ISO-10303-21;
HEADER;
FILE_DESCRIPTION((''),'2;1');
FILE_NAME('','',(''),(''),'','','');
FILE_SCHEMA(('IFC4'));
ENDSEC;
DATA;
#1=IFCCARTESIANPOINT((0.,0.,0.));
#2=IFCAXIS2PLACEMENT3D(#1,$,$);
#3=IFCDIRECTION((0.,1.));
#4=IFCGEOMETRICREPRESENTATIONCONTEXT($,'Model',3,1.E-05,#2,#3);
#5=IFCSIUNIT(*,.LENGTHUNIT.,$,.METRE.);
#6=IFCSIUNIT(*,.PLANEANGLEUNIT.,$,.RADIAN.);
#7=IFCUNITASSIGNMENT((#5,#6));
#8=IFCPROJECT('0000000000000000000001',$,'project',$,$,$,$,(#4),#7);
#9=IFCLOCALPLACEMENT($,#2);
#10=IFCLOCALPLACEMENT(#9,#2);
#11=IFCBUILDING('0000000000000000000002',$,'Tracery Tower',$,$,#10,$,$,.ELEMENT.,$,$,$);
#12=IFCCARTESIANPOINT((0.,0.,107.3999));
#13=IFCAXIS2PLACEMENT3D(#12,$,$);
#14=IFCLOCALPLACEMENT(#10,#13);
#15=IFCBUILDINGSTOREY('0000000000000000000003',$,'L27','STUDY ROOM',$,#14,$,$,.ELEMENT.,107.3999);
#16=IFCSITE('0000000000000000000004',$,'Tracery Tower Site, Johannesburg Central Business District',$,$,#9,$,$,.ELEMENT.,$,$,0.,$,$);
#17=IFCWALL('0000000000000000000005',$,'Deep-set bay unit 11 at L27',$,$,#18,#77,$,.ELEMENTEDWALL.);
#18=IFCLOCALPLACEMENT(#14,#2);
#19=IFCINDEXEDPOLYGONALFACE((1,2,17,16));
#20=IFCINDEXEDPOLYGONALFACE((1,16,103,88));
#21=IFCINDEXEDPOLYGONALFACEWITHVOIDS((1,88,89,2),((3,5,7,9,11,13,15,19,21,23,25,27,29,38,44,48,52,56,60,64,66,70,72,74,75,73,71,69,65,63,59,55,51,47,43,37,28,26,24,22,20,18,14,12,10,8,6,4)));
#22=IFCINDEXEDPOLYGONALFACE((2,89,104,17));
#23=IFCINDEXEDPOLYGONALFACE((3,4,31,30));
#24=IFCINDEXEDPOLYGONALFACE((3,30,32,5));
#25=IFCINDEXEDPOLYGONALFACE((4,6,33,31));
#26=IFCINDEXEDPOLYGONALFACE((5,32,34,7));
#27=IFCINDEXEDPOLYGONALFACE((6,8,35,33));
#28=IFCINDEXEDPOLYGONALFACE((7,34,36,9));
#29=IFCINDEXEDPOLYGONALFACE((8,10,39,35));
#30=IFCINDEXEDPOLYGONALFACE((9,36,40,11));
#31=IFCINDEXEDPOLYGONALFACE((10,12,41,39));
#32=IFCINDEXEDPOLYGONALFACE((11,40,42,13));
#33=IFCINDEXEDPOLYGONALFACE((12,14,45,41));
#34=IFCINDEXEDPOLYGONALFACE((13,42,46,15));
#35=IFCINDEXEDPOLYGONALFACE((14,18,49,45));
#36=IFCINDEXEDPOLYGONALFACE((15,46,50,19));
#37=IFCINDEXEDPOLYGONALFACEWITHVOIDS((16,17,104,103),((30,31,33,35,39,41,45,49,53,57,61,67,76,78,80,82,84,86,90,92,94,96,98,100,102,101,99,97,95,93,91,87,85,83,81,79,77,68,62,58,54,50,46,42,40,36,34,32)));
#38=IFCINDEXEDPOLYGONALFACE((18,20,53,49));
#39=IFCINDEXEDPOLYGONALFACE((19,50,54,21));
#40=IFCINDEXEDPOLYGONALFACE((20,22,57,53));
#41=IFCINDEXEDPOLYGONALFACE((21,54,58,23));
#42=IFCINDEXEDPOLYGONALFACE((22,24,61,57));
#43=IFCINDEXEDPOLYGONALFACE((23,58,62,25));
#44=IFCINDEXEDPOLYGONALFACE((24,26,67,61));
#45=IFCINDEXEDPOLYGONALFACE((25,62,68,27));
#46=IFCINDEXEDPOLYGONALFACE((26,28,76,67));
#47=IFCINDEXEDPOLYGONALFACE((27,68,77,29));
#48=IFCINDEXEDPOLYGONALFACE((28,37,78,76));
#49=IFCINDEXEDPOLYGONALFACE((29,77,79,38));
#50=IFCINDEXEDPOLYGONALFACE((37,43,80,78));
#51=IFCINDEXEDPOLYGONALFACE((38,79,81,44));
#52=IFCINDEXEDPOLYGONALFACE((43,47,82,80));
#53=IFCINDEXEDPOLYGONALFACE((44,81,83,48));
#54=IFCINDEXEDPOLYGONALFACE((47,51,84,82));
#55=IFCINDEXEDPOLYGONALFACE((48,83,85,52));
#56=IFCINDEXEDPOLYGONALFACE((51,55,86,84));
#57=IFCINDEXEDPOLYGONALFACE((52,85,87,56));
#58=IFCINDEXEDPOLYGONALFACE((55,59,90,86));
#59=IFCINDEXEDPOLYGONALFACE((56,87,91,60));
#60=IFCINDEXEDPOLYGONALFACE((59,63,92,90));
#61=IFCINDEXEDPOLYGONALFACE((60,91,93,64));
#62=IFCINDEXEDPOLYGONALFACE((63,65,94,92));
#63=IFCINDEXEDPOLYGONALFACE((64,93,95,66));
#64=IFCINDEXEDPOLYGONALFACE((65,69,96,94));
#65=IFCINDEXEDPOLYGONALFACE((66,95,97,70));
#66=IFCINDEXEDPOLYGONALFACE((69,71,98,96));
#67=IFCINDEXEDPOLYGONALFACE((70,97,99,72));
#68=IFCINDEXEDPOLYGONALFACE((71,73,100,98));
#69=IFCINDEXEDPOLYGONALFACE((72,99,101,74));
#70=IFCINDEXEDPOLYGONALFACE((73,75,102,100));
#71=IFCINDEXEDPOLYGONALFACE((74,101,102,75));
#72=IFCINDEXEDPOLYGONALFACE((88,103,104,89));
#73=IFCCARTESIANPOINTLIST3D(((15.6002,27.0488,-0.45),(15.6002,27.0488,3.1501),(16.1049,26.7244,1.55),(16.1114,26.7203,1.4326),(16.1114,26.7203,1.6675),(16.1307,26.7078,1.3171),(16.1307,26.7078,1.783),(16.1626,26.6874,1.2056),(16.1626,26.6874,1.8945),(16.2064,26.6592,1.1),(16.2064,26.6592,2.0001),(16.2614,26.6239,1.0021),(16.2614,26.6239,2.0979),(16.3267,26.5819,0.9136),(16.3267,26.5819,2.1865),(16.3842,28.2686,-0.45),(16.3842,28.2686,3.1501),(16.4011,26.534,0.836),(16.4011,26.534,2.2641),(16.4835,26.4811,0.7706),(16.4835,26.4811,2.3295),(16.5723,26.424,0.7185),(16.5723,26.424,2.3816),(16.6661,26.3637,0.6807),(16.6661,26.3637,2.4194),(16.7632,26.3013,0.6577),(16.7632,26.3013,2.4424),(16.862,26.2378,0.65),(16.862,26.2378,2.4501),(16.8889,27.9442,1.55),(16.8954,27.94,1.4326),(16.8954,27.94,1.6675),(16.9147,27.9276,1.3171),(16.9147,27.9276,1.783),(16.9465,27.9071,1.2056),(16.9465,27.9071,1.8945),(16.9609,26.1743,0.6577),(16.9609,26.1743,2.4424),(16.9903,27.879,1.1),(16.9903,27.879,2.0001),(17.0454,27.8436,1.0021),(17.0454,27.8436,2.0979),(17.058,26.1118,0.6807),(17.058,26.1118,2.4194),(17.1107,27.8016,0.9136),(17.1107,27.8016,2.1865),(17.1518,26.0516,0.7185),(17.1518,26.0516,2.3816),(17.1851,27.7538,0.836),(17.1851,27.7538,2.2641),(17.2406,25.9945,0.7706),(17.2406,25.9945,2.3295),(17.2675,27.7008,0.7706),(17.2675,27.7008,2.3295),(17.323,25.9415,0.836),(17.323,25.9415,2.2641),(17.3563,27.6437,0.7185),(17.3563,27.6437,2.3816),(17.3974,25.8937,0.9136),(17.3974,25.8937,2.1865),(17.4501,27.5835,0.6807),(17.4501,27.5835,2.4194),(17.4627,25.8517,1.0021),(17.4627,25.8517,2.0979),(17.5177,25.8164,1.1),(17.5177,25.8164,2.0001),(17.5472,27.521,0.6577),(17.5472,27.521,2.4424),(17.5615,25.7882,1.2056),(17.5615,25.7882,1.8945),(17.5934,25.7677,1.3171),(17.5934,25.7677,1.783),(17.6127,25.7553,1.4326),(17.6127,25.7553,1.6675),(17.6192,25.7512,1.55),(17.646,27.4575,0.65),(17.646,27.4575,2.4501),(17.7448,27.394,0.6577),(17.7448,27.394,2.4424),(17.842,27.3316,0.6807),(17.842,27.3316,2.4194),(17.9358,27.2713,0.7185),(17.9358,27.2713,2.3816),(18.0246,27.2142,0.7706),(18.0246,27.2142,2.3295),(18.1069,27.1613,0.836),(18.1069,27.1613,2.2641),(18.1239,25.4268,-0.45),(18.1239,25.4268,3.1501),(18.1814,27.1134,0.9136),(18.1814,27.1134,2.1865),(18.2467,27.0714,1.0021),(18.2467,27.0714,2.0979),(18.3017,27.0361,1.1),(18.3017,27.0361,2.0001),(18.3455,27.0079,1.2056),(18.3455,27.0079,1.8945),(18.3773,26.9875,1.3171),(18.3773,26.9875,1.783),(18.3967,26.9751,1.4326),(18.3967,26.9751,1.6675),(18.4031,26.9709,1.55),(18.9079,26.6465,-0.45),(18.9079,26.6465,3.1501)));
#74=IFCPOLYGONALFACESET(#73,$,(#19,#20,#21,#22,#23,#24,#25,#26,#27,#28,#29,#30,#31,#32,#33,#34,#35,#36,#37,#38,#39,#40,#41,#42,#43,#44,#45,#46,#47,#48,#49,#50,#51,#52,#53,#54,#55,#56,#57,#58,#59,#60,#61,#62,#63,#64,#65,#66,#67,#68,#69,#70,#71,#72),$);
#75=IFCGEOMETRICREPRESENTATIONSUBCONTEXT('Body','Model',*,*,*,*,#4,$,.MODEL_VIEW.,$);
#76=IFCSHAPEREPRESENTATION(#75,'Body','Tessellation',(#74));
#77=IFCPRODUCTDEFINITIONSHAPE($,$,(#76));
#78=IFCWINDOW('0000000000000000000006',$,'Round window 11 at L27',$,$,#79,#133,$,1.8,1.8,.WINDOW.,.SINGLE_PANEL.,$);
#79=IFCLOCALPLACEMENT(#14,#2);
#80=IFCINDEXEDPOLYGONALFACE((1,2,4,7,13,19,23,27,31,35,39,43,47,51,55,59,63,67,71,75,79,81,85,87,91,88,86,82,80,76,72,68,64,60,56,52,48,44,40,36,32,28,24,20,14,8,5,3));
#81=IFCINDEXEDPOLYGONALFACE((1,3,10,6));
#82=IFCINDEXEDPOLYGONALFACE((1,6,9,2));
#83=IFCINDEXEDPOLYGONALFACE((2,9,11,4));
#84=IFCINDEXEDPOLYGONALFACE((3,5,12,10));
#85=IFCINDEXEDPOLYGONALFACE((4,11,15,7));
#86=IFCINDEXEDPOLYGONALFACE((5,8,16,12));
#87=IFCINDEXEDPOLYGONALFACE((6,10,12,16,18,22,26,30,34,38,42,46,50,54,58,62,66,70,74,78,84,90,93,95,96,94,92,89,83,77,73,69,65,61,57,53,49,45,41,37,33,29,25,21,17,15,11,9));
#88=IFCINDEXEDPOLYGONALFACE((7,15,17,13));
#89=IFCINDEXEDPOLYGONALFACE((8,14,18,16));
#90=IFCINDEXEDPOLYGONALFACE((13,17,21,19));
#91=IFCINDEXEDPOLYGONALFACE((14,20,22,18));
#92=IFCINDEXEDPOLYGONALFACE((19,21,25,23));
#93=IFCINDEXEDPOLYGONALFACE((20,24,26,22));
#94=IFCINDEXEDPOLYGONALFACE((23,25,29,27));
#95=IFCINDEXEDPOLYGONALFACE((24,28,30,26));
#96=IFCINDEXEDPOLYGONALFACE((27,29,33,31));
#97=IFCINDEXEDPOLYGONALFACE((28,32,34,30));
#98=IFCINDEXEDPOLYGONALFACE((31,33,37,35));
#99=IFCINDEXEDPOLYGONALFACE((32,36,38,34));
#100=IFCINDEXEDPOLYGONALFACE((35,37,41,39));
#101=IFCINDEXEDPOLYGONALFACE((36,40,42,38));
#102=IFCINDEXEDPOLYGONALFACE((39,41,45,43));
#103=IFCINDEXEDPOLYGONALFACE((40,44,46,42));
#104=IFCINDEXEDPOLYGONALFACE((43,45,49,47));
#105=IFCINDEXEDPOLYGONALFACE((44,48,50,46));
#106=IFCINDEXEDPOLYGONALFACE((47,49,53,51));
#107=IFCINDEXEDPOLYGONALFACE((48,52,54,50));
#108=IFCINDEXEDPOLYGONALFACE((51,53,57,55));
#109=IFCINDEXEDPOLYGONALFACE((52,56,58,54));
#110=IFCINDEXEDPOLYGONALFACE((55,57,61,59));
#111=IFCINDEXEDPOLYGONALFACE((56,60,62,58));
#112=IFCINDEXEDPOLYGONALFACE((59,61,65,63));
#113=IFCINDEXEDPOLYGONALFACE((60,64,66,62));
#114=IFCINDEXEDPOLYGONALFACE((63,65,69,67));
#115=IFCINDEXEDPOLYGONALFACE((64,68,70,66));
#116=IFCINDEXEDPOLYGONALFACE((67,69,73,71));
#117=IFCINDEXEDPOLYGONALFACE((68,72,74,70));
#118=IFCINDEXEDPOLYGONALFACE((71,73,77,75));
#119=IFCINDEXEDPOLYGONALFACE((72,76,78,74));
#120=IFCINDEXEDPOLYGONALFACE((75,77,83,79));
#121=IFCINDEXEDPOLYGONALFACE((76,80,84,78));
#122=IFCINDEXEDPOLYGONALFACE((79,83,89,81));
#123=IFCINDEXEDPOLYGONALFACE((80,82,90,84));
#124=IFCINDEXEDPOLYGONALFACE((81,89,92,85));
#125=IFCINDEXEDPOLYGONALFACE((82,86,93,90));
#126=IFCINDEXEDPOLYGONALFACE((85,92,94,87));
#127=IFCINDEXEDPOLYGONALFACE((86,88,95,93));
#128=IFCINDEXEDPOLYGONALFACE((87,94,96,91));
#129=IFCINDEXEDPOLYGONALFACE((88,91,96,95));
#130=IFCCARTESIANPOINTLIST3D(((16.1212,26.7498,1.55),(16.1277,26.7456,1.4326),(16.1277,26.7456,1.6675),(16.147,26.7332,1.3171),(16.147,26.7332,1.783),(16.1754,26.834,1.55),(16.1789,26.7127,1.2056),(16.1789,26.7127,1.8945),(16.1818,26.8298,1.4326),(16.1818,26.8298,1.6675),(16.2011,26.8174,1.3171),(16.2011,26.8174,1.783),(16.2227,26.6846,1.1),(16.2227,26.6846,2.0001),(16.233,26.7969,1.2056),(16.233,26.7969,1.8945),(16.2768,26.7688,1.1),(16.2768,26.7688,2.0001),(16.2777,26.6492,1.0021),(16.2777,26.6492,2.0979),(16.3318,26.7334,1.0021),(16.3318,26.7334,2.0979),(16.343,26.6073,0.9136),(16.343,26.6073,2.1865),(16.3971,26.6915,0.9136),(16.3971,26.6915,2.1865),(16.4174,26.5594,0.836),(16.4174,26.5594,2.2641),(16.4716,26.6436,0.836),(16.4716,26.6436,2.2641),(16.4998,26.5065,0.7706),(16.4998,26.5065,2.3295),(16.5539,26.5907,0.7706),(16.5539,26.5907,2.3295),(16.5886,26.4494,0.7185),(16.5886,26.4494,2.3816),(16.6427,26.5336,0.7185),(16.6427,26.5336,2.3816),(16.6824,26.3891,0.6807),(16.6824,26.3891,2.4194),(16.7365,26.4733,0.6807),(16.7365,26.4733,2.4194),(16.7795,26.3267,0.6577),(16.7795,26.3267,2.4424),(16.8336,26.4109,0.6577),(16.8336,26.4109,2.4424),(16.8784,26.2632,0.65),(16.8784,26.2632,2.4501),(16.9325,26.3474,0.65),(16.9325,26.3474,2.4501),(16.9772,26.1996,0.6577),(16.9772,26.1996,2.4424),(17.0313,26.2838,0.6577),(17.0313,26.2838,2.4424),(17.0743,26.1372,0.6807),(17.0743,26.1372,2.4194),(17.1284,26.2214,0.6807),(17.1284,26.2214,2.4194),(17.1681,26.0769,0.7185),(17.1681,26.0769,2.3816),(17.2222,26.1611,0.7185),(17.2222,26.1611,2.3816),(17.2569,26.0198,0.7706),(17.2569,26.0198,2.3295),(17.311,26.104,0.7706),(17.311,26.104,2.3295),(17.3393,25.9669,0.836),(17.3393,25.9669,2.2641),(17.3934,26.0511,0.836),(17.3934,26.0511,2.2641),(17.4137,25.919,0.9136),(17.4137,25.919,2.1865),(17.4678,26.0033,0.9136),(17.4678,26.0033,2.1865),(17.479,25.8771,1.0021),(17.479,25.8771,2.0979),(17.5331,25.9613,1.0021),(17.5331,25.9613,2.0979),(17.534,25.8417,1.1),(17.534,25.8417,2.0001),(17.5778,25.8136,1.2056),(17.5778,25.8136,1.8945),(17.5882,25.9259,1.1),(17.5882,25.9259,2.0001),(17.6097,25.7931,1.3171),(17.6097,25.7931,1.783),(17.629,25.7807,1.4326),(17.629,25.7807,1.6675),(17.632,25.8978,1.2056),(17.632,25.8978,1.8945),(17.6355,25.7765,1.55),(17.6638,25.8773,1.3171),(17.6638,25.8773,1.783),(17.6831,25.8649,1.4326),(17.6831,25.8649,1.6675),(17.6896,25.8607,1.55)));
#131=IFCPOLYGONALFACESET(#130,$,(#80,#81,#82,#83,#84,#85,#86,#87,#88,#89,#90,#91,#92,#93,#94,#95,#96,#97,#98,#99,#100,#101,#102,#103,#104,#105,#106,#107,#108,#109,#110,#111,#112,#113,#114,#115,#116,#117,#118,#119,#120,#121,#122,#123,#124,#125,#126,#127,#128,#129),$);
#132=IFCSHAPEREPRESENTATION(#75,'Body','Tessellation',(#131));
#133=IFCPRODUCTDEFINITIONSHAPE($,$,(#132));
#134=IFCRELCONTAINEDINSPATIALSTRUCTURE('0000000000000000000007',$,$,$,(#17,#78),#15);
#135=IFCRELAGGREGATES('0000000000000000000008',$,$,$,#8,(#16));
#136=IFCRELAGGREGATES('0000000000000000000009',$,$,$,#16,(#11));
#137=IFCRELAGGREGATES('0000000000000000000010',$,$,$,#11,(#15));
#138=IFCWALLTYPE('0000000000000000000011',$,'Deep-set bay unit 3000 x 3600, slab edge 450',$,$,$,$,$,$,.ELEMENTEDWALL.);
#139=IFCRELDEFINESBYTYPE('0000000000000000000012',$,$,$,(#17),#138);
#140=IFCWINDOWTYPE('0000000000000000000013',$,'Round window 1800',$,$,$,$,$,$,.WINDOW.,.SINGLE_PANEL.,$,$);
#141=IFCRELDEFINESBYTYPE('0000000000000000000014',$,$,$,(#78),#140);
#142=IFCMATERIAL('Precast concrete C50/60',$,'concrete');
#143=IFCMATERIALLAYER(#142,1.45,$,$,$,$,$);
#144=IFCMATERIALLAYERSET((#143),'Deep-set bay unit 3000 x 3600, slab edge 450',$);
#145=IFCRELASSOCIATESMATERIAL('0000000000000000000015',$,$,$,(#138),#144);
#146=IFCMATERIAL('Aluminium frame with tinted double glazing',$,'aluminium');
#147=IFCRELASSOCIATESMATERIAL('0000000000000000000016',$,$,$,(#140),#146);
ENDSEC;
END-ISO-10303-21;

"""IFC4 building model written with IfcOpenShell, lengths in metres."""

from ifc_helpers import new_model, si_unit, direction, frame, frame_2d, origin, origin_2d, place, context, subcontext, project, spatial, rectangle, circle, extrude, material, layer, layer_set, type_object, element, fill, save


model = new_model("IFC4")

# Units and contexts
model_context = context("Model", 3, precision=1e-05, world=origin(), true_north=direction((0.0, 1.0)))
body_context = subcontext(model_context, "Body", "Model", "MODEL_VIEW")
ifc_project = project(units=[si_unit("LENGTHUNIT", "METRE"), si_unit("PLANEANGLEUNIT", "RADIAN")], contexts=[model_context])

# Site, building, storey
site_placement = place(None, origin())
site = spatial("IfcSite", under=ifc_project, at=site_placement, Name="Tracery Tower Site, Johannesburg Central Business District", CompositionType="ELEMENT", RefElevation=0.0)
building_placement = place(site_placement, origin())
building = spatial("IfcBuilding", under=site, at=building_placement, Name="Tracery Tower", CompositionType="ELEMENT")
storey_placement = place(building_placement, frame((0.0, 0.0, 107.3999)))
storey = spatial("IfcBuildingStorey", under=building, at=storey_placement, Name="L27", Description="STUDY ROOM", CompositionType="ELEMENT", Elevation=107.3999)

# Wall, opening, window
ifc_material_1 = material(Name="Precast concrete C50/60", Category="concrete")
ifc_layer_1 = layer(ifc_material_1, 1.45)
ifc_layer_set_1 = layer_set([ifc_layer_1], Name="Deep-set bay unit 3000 x 3600, slab edge 450")
wall_type_1 = type_object("IfcWallType", Name="Deep-set bay unit 3000 x 3600, slab edge 450", PredefinedType="ELEMENTEDWALL", material=ifc_layer_set_1)
ifc_material_2 = material(Name="Aluminium frame with tinted double glazing", Category="aluminium")
window_type = type_object("IfcWindowType", Name="Round window 1800", PartitioningType="SINGLE_PANEL", PredefinedType="WINDOW", material=ifc_material_2)
wall_1_placement = place(storey_placement, frame((18.5159, 26.0366, -0.45), z_axis=(0.0, 0.0, 1.0), x_axis=(-0.841223, 0.540688, 0.0)))
wall_1 = element("IfcWall", 1, at=wall_1_placement, inside=storey, type_object=wall_type_1, Name="Deep-set bay unit 11 at L27", PredefinedType="ELEMENTEDWALL", context=body_context, shape_type="SweptSolid", body=[
    extrude(rectangle(XDim=3.0, YDim=1.45, at=frame_2d((1.5, 0.0))), origin(), (0.0, 0.0, 1.0), 3.6001),
])
opening_1_placement = place(wall_1_placement, frame((1.5, 0.0, 2.0)))
opening_1 = element("IfcOpeningElement", 2, at=opening_1_placement, cuts=wall_1, PredefinedType="OPENING", context=body_context, shape_type="SweptSolid", body=[
    extrude(circle(Radius=0.9, at=origin_2d()), frame((0.0, 0.7349, 0.0), z_axis=(0.0, -1.0, 0.0), x_axis=(1.0, 0.0, 0.0)), (0.0, 0.0, 1.0), 1.47),
])
window_1_placement = place(opening_1_placement, origin())
window_1 = element("IfcWindow", 3, at=window_1_placement, inside=storey, type_object=window_type, Name="Round window 11 at L27", OverallHeight=1.8, OverallWidth=1.8, PartitioningType="SINGLE_PANEL", PredefinedType="WINDOW", context=body_context, shape_type="SweptSolid", body=[
    extrude(circle(Radius=0.9, at=origin_2d()), frame((0.0, 0.6948, 0.0), z_axis=(0.0, -1.0, 0.0), x_axis=(1.0, 0.0, 0.0)), (0.0, 0.0, 1.0), 0.1001),
])
fill(opening_1, window_1)

save(model, "model.ifc")
